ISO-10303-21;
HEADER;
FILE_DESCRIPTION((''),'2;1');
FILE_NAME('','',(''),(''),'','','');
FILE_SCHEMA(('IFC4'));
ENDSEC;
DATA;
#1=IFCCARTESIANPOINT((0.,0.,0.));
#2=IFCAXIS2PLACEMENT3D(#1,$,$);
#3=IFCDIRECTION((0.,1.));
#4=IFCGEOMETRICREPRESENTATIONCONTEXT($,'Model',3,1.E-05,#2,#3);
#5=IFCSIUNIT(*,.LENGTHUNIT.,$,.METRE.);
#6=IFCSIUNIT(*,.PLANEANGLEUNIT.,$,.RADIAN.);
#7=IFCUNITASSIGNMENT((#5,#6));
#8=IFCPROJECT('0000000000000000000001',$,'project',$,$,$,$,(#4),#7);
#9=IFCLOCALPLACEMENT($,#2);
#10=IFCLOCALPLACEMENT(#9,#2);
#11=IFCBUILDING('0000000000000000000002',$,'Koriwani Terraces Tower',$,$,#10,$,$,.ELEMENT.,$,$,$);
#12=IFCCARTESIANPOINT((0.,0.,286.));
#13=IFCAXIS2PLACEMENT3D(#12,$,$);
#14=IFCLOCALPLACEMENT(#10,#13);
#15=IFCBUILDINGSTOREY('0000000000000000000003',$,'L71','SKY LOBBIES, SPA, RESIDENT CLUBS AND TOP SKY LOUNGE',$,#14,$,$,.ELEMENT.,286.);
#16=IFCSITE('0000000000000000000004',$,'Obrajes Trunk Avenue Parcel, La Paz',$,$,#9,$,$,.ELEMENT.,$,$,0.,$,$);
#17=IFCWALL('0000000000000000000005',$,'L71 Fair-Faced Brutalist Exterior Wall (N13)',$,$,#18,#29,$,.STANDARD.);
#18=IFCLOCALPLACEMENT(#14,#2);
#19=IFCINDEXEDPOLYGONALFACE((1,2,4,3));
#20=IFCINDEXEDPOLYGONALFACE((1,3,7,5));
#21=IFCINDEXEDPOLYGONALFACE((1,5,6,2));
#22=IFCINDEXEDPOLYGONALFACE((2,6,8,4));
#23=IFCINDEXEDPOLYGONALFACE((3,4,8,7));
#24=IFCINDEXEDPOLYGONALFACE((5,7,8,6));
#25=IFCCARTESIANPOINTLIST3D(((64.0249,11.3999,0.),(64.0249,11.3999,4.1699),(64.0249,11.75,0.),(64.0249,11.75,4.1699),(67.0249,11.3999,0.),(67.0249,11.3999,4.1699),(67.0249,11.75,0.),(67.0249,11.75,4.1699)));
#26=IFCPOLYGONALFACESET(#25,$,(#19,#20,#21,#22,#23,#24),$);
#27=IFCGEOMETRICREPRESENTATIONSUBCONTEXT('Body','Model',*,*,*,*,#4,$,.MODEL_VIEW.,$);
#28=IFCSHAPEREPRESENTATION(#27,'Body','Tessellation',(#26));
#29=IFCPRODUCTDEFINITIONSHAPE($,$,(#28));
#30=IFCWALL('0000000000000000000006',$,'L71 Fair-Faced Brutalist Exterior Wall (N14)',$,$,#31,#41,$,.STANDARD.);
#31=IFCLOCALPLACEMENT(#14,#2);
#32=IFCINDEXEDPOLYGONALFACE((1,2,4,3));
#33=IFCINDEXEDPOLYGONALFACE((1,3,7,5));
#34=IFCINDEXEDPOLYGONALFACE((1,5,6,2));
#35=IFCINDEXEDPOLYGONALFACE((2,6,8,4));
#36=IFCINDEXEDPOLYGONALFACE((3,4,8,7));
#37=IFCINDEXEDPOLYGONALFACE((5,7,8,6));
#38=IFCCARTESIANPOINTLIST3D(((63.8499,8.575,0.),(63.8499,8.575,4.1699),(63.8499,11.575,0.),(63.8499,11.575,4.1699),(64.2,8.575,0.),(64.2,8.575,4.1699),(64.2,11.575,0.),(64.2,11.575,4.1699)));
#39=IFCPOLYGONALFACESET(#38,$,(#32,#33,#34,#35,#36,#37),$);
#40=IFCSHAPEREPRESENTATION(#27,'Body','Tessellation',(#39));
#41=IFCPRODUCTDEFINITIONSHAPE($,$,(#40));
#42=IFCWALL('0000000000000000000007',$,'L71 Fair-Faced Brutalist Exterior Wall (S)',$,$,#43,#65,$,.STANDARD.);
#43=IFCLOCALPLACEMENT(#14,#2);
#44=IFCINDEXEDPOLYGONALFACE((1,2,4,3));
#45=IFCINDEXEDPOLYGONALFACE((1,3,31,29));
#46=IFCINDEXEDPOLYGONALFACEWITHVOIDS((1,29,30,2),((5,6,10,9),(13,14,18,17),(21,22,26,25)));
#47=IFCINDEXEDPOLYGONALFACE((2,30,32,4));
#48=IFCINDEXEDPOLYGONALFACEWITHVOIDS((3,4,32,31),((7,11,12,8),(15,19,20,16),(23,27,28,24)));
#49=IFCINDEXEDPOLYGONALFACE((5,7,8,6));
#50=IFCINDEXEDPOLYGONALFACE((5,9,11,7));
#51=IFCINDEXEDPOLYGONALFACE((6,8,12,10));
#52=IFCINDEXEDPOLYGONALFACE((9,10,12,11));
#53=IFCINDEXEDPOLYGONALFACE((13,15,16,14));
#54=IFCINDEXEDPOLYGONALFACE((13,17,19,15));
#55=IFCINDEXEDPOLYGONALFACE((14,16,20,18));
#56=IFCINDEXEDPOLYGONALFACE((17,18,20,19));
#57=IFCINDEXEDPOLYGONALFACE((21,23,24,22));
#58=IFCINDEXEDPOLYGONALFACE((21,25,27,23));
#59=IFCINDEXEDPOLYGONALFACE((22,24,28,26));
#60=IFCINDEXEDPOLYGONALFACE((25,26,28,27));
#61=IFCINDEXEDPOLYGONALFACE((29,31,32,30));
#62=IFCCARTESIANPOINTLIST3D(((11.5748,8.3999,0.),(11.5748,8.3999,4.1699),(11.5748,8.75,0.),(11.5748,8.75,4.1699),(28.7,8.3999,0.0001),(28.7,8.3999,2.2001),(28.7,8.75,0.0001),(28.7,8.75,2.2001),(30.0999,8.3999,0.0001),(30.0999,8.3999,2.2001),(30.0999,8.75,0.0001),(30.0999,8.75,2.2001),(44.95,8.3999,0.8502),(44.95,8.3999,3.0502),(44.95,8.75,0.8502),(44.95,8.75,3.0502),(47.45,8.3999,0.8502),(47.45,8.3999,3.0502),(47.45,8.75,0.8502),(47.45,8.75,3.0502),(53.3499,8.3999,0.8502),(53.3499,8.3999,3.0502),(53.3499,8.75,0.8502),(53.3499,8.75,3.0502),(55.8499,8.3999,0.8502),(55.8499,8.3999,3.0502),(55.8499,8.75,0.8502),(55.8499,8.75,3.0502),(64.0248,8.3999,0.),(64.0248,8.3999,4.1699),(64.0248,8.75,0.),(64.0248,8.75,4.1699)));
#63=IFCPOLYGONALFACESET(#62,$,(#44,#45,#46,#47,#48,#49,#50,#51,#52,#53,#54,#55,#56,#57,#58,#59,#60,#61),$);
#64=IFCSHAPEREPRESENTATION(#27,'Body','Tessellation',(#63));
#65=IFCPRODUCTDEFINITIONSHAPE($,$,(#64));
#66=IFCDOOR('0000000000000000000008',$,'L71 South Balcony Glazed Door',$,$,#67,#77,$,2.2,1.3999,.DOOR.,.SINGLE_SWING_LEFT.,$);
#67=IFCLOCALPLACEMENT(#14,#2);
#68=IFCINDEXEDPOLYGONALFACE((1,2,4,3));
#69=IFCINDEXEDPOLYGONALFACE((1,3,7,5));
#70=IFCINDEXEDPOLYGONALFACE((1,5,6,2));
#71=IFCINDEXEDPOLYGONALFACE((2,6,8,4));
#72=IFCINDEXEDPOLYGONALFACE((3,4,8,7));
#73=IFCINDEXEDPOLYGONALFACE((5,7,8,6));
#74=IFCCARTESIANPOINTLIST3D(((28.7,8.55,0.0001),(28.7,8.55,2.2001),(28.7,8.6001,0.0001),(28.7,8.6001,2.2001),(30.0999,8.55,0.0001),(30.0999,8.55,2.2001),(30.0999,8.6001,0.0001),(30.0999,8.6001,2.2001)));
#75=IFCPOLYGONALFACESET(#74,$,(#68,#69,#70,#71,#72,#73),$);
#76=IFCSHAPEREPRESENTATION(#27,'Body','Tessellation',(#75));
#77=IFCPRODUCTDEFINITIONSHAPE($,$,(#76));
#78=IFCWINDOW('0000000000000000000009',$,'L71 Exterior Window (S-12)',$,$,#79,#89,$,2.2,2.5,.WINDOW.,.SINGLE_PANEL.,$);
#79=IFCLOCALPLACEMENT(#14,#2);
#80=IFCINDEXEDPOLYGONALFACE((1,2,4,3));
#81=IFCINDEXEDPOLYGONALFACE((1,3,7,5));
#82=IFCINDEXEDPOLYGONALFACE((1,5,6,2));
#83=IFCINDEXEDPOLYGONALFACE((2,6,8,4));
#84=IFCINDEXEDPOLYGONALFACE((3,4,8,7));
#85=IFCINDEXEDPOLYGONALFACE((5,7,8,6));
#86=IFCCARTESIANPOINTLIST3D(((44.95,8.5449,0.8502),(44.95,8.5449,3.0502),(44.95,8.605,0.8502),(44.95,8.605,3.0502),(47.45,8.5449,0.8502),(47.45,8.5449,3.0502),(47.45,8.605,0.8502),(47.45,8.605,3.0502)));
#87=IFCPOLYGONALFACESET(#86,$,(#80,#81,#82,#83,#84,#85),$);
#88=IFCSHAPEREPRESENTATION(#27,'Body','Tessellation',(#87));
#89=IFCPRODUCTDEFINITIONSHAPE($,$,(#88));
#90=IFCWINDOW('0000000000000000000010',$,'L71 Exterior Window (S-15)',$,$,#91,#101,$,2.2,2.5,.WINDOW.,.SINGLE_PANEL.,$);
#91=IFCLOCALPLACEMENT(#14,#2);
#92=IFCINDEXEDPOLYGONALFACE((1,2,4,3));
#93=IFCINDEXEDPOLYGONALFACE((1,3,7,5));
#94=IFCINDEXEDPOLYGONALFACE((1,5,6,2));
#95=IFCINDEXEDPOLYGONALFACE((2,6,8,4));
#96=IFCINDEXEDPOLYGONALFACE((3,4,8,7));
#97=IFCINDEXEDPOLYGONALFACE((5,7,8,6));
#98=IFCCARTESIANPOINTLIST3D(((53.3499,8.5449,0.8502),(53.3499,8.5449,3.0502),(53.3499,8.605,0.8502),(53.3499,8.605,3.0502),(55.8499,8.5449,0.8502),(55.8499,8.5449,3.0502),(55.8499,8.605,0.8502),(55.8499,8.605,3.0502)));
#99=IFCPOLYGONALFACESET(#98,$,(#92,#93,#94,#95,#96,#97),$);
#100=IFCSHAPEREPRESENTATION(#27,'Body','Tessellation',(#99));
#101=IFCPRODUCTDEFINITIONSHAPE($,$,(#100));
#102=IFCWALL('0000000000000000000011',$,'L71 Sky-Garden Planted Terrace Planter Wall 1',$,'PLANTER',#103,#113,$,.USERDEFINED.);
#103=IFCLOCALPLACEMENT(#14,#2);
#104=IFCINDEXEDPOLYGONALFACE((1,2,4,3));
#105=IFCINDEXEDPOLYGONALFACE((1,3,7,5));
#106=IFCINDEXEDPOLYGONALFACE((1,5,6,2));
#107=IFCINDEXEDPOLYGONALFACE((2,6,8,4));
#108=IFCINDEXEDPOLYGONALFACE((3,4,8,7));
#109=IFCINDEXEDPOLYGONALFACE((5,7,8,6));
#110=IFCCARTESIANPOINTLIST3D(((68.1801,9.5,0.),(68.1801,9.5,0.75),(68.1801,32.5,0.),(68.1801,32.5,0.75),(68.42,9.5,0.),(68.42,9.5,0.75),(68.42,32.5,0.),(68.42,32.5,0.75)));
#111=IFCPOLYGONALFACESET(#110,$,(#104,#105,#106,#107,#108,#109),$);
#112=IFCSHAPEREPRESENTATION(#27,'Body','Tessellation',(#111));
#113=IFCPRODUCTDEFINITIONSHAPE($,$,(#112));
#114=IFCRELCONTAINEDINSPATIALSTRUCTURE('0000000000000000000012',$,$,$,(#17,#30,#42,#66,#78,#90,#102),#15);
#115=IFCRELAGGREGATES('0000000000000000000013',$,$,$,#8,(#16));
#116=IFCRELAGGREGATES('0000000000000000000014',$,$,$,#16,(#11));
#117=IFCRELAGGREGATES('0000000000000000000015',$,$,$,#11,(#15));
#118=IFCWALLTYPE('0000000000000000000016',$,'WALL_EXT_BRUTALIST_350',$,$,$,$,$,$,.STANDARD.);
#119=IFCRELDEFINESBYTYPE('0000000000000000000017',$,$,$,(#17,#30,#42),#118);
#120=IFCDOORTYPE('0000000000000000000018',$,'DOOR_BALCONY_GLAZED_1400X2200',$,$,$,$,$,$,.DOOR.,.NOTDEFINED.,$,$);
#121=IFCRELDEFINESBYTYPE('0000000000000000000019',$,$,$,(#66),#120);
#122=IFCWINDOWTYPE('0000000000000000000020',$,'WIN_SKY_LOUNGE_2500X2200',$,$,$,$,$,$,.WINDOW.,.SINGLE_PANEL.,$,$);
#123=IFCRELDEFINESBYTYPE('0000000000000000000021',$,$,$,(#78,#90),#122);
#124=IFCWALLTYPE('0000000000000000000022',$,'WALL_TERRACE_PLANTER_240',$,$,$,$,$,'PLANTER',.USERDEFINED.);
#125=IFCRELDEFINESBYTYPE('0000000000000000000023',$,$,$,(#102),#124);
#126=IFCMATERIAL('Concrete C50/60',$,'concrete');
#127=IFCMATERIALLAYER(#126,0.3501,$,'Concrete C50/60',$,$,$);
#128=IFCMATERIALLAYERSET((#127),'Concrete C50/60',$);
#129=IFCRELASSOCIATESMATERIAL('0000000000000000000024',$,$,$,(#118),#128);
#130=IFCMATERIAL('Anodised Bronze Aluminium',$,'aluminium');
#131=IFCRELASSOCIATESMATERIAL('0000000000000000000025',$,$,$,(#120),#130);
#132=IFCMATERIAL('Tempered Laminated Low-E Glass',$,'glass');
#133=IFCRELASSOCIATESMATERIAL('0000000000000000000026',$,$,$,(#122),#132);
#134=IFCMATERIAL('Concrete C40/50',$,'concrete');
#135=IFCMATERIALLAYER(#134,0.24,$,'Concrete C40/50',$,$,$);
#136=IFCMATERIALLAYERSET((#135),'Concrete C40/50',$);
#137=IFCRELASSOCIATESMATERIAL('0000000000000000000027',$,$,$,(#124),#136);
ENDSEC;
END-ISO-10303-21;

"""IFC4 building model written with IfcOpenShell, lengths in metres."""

from ifc_helpers import new_model, si_unit, direction, frame, frame_2d, origin, place, context, subcontext, project, spatial, rectangle, extrude, material, layer, layer_set, type_object, element, fill, save


model = new_model("IFC4")

# Units and contexts
model_context = context("Model", 3, precision=1e-05, world=origin(), true_north=direction((0.0, 1.0)))
body_context = subcontext(model_context, "Body", "Model", "MODEL_VIEW")
ifc_project = project(units=[si_unit("LENGTHUNIT", "METRE"), si_unit("PLANEANGLEUNIT", "RADIAN")], contexts=[model_context])

# Site, building, storey
site_placement = place(None, origin())
site = spatial("IfcSite", under=ifc_project, at=site_placement, Name="Obrajes Trunk Avenue Parcel, La Paz", CompositionType="ELEMENT", RefElevation=0.0)
building_placement = place(site_placement, origin())
building = spatial("IfcBuilding", under=site, at=building_placement, Name="Koriwani Terraces Tower", CompositionType="ELEMENT")
storey_placement = place(building_placement, frame((0.0, 0.0, 286.0)))
storey = spatial("IfcBuildingStorey", under=building, at=storey_placement, Name="L71", Description="SKY LOBBIES, SPA, RESIDENT CLUBS AND TOP SKY LOUNGE", CompositionType="ELEMENT", Elevation=286.0)

# Shared definitions
ifc_material_1 = material(Name="Concrete C50/60", Category="concrete")

# Shared definitions
ifc_material_2 = material(Name="Concrete C40/50", Category="concrete")

# Walls
ifc_layer_1 = layer(ifc_material_1, 0.3501, Name="Concrete C50/60")
ifc_layer_set_1 = layer_set([ifc_layer_1], Name="Concrete C50/60")
wall_type_1 = type_object("IfcWallType", Name="WALL_EXT_BRUTALIST_350", PredefinedType="STANDARD", material=ifc_layer_set_1)
for number, where, z_axis, x_axis, name in (
    (1, (67.0249, 11.575, 0.0), (0.0, 0.0, 1.0), (-1.0, 0.0, 0.0), "L71 Fair-Faced Brutalist Exterior Wall (N13)"),
    (2, (64.0249, 11.575, 0.0), (0.0, 0.0, 1.0), (0.0, -1.0, 0.0), "L71 Fair-Faced Brutalist Exterior Wall (N14)"),
):
    element("IfcWall", number, at=place(storey_placement, frame(where, z_axis=z_axis, x_axis=x_axis)), inside=storey, type_object=wall_type_1, Name=name, PredefinedType="STANDARD", context=body_context, shape_type="SweptSolid", body=[
        extrude(rectangle(XDim=3.0, YDim=0.3501, at=frame_2d((1.5, 0.0))), origin(), (0.0, 0.0, 1.0), 4.1699),
    ])

# Wall, openings, door, windows
wall_1_placement = place(storey_placement, frame((64.0249, 8.575, 0.0), z_axis=(0.0, 0.0, 1.0), x_axis=(-1.0, 0.0, 0.0)))
wall_1 = element("IfcWall", 3, at=wall_1_placement, inside=storey, type_object=wall_type_1, Name="L71 Fair-Faced Brutalist Exterior Wall (S)", PredefinedType="STANDARD", context=body_context, shape_type="SweptSolid", body=[
    extrude(rectangle(XDim=52.45, YDim=0.3501, at=frame_2d((26.2251, 0.0))), origin(), (0.0, 0.0, 1.0), 4.1699),
])
opening_1_placement = place(wall_1_placement, frame((33.925, 0.0, 0.0)))
opening_1 = element("IfcOpeningElement", 4, at=opening_1_placement, cuts=wall_1, PredefinedType="OPENING", context=body_context, shape_type="SweptSolid", body=[
    extrude(rectangle(XDim=1.3999, YDim=2.2, at=frame_2d((0.7, 1.1001))), frame((0.0, 0.1851, 0.0), z_axis=(0.0, -1.0, 0.0), x_axis=(1.0, 0.0, 0.0)), (0.0, 0.0, 1.0), 0.3701),
])
opening_2_placement = place(wall_1_placement, frame((16.575, 0.0, 0.8501)))
opening_2 = element("IfcOpeningElement", 5, at=opening_2_placement, cuts=wall_1, PredefinedType="OPENING", context=body_context, shape_type="SweptSolid", body=[
    extrude(rectangle(XDim=2.5, YDim=2.2, at=frame_2d((1.25, 1.1001))), frame((0.0, 0.1851, 0.0), z_axis=(0.0, -1.0, 0.0), x_axis=(1.0, 0.0, 0.0)), (0.0, 0.0, 1.0), 0.3701),
])
opening_3_placement = place(wall_1_placement, frame((8.175, 0.0, 0.8501)))
opening_3 = element("IfcOpeningElement", 6, at=opening_3_placement, cuts=wall_1, PredefinedType="OPENING", context=body_context, shape_type="SweptSolid", body=[
    extrude(rectangle(XDim=2.5, YDim=2.2, at=frame_2d((1.25, 1.1001))), frame((0.0, 0.1851, 0.0), z_axis=(0.0, -1.0, 0.0), x_axis=(1.0, 0.0, 0.0)), (0.0, 0.0, 1.0), 0.3701),
])
ifc_material_3 = material(Name="Anodised Bronze Aluminium", Category="aluminium")
door_type_1 = type_object("IfcDoorType", Name="DOOR_BALCONY_GLAZED_1400X2200", OperationType="NOTDEFINED", PredefinedType="DOOR", material=ifc_material_3)
door_1_placement = place(opening_1_placement, origin())
door_1 = element("IfcDoor", 7, at=door_1_placement, inside=storey, type_object=door_type_1, Name="L71 South Balcony Glazed Door", OperationType="SINGLE_SWING_LEFT", OverallHeight=2.2, OverallWidth=1.3999, PredefinedType="DOOR", context=body_context, shape_type="SweptSolid", body=[
    extrude(rectangle(XDim=1.3999, YDim=2.2, at=frame_2d((0.7, 1.1001))), frame((0.0, 0.0249, 0.0), z_axis=(0.0, -1.0, 0.0), x_axis=(1.0, 0.0, 0.0)), (0.0, 0.0, 1.0), 0.05),
])
fill(opening_1, door_1)
ifc_material_4 = material(Name="Tempered Laminated Low-E Glass", Category="glass")
window_type = type_object("IfcWindowType", Name="WIN_SKY_LOUNGE_2500X2200", PartitioningType="SINGLE_PANEL", PredefinedType="WINDOW", material=ifc_material_4)
window_1_placement = place(opening_2_placement, origin())
window_1 = element("IfcWindow", 8, at=window_1_placement, inside=storey, type_object=window_type, Name="L71 Exterior Window (S-12)", OverallHeight=2.2, OverallWidth=2.5, PartitioningType="SINGLE_PANEL", PredefinedType="WINDOW", context=body_context, shape_type="SweptSolid", body=[
    extrude(rectangle(XDim=2.5, YDim=2.2, at=frame_2d((1.25, 1.1001))), frame((0.0, 0.03, 0.0), z_axis=(0.0, -1.0, 0.0), x_axis=(1.0, 0.0, 0.0)), (0.0, 0.0, 1.0), 0.0601),
])
fill(opening_2, window_1)
window_2_placement = place(opening_3_placement, origin())
window_2 = element("IfcWindow", 9, at=window_2_placement, inside=storey, type_object=window_type, Name="L71 Exterior Window (S-15)", OverallHeight=2.2, OverallWidth=2.5, PartitioningType="SINGLE_PANEL", PredefinedType="WINDOW", context=body_context, shape_type="SweptSolid", body=[
    extrude(rectangle(XDim=2.5, YDim=2.2, at=frame_2d((1.25, 1.1001))), frame((0.0, 0.03, 0.0), z_axis=(0.0, -1.0, 0.0), x_axis=(1.0, 0.0, 0.0)), (0.0, 0.0, 1.0), 0.0601),
])
fill(opening_3, window_2)

# Wall
ifc_layer_2 = layer(ifc_material_2, 0.24, Name="Concrete C40/50")
ifc_layer_set_2 = layer_set([ifc_layer_2], Name="Concrete C40/50")
wall_type_2 = type_object("IfcWallType", Name="WALL_TERRACE_PLANTER_240", ElementType="PLANTER", PredefinedType="USERDEFINED", material=ifc_layer_set_2)
wall_2_placement = place(storey_placement, frame((68.3, 9.5, 0.0), z_axis=(0.0, 0.0, 1.0), x_axis=(0.0, 1.0, 0.0)))
element("IfcWall", 10, at=wall_2_placement, inside=storey, type_object=wall_type_2, Name="L71 Sky-Garden Planted Terrace Planter Wall 1", ObjectType="PLANTER", PredefinedType="USERDEFINED", context=body_context, shape_type="SweptSolid", body=[
    extrude(rectangle(XDim=23.0, YDim=0.24, at=frame_2d((11.5, 0.0))), origin(), (0.0, 0.0, 1.0), 0.75),
])

save(model, "model.ifc")
